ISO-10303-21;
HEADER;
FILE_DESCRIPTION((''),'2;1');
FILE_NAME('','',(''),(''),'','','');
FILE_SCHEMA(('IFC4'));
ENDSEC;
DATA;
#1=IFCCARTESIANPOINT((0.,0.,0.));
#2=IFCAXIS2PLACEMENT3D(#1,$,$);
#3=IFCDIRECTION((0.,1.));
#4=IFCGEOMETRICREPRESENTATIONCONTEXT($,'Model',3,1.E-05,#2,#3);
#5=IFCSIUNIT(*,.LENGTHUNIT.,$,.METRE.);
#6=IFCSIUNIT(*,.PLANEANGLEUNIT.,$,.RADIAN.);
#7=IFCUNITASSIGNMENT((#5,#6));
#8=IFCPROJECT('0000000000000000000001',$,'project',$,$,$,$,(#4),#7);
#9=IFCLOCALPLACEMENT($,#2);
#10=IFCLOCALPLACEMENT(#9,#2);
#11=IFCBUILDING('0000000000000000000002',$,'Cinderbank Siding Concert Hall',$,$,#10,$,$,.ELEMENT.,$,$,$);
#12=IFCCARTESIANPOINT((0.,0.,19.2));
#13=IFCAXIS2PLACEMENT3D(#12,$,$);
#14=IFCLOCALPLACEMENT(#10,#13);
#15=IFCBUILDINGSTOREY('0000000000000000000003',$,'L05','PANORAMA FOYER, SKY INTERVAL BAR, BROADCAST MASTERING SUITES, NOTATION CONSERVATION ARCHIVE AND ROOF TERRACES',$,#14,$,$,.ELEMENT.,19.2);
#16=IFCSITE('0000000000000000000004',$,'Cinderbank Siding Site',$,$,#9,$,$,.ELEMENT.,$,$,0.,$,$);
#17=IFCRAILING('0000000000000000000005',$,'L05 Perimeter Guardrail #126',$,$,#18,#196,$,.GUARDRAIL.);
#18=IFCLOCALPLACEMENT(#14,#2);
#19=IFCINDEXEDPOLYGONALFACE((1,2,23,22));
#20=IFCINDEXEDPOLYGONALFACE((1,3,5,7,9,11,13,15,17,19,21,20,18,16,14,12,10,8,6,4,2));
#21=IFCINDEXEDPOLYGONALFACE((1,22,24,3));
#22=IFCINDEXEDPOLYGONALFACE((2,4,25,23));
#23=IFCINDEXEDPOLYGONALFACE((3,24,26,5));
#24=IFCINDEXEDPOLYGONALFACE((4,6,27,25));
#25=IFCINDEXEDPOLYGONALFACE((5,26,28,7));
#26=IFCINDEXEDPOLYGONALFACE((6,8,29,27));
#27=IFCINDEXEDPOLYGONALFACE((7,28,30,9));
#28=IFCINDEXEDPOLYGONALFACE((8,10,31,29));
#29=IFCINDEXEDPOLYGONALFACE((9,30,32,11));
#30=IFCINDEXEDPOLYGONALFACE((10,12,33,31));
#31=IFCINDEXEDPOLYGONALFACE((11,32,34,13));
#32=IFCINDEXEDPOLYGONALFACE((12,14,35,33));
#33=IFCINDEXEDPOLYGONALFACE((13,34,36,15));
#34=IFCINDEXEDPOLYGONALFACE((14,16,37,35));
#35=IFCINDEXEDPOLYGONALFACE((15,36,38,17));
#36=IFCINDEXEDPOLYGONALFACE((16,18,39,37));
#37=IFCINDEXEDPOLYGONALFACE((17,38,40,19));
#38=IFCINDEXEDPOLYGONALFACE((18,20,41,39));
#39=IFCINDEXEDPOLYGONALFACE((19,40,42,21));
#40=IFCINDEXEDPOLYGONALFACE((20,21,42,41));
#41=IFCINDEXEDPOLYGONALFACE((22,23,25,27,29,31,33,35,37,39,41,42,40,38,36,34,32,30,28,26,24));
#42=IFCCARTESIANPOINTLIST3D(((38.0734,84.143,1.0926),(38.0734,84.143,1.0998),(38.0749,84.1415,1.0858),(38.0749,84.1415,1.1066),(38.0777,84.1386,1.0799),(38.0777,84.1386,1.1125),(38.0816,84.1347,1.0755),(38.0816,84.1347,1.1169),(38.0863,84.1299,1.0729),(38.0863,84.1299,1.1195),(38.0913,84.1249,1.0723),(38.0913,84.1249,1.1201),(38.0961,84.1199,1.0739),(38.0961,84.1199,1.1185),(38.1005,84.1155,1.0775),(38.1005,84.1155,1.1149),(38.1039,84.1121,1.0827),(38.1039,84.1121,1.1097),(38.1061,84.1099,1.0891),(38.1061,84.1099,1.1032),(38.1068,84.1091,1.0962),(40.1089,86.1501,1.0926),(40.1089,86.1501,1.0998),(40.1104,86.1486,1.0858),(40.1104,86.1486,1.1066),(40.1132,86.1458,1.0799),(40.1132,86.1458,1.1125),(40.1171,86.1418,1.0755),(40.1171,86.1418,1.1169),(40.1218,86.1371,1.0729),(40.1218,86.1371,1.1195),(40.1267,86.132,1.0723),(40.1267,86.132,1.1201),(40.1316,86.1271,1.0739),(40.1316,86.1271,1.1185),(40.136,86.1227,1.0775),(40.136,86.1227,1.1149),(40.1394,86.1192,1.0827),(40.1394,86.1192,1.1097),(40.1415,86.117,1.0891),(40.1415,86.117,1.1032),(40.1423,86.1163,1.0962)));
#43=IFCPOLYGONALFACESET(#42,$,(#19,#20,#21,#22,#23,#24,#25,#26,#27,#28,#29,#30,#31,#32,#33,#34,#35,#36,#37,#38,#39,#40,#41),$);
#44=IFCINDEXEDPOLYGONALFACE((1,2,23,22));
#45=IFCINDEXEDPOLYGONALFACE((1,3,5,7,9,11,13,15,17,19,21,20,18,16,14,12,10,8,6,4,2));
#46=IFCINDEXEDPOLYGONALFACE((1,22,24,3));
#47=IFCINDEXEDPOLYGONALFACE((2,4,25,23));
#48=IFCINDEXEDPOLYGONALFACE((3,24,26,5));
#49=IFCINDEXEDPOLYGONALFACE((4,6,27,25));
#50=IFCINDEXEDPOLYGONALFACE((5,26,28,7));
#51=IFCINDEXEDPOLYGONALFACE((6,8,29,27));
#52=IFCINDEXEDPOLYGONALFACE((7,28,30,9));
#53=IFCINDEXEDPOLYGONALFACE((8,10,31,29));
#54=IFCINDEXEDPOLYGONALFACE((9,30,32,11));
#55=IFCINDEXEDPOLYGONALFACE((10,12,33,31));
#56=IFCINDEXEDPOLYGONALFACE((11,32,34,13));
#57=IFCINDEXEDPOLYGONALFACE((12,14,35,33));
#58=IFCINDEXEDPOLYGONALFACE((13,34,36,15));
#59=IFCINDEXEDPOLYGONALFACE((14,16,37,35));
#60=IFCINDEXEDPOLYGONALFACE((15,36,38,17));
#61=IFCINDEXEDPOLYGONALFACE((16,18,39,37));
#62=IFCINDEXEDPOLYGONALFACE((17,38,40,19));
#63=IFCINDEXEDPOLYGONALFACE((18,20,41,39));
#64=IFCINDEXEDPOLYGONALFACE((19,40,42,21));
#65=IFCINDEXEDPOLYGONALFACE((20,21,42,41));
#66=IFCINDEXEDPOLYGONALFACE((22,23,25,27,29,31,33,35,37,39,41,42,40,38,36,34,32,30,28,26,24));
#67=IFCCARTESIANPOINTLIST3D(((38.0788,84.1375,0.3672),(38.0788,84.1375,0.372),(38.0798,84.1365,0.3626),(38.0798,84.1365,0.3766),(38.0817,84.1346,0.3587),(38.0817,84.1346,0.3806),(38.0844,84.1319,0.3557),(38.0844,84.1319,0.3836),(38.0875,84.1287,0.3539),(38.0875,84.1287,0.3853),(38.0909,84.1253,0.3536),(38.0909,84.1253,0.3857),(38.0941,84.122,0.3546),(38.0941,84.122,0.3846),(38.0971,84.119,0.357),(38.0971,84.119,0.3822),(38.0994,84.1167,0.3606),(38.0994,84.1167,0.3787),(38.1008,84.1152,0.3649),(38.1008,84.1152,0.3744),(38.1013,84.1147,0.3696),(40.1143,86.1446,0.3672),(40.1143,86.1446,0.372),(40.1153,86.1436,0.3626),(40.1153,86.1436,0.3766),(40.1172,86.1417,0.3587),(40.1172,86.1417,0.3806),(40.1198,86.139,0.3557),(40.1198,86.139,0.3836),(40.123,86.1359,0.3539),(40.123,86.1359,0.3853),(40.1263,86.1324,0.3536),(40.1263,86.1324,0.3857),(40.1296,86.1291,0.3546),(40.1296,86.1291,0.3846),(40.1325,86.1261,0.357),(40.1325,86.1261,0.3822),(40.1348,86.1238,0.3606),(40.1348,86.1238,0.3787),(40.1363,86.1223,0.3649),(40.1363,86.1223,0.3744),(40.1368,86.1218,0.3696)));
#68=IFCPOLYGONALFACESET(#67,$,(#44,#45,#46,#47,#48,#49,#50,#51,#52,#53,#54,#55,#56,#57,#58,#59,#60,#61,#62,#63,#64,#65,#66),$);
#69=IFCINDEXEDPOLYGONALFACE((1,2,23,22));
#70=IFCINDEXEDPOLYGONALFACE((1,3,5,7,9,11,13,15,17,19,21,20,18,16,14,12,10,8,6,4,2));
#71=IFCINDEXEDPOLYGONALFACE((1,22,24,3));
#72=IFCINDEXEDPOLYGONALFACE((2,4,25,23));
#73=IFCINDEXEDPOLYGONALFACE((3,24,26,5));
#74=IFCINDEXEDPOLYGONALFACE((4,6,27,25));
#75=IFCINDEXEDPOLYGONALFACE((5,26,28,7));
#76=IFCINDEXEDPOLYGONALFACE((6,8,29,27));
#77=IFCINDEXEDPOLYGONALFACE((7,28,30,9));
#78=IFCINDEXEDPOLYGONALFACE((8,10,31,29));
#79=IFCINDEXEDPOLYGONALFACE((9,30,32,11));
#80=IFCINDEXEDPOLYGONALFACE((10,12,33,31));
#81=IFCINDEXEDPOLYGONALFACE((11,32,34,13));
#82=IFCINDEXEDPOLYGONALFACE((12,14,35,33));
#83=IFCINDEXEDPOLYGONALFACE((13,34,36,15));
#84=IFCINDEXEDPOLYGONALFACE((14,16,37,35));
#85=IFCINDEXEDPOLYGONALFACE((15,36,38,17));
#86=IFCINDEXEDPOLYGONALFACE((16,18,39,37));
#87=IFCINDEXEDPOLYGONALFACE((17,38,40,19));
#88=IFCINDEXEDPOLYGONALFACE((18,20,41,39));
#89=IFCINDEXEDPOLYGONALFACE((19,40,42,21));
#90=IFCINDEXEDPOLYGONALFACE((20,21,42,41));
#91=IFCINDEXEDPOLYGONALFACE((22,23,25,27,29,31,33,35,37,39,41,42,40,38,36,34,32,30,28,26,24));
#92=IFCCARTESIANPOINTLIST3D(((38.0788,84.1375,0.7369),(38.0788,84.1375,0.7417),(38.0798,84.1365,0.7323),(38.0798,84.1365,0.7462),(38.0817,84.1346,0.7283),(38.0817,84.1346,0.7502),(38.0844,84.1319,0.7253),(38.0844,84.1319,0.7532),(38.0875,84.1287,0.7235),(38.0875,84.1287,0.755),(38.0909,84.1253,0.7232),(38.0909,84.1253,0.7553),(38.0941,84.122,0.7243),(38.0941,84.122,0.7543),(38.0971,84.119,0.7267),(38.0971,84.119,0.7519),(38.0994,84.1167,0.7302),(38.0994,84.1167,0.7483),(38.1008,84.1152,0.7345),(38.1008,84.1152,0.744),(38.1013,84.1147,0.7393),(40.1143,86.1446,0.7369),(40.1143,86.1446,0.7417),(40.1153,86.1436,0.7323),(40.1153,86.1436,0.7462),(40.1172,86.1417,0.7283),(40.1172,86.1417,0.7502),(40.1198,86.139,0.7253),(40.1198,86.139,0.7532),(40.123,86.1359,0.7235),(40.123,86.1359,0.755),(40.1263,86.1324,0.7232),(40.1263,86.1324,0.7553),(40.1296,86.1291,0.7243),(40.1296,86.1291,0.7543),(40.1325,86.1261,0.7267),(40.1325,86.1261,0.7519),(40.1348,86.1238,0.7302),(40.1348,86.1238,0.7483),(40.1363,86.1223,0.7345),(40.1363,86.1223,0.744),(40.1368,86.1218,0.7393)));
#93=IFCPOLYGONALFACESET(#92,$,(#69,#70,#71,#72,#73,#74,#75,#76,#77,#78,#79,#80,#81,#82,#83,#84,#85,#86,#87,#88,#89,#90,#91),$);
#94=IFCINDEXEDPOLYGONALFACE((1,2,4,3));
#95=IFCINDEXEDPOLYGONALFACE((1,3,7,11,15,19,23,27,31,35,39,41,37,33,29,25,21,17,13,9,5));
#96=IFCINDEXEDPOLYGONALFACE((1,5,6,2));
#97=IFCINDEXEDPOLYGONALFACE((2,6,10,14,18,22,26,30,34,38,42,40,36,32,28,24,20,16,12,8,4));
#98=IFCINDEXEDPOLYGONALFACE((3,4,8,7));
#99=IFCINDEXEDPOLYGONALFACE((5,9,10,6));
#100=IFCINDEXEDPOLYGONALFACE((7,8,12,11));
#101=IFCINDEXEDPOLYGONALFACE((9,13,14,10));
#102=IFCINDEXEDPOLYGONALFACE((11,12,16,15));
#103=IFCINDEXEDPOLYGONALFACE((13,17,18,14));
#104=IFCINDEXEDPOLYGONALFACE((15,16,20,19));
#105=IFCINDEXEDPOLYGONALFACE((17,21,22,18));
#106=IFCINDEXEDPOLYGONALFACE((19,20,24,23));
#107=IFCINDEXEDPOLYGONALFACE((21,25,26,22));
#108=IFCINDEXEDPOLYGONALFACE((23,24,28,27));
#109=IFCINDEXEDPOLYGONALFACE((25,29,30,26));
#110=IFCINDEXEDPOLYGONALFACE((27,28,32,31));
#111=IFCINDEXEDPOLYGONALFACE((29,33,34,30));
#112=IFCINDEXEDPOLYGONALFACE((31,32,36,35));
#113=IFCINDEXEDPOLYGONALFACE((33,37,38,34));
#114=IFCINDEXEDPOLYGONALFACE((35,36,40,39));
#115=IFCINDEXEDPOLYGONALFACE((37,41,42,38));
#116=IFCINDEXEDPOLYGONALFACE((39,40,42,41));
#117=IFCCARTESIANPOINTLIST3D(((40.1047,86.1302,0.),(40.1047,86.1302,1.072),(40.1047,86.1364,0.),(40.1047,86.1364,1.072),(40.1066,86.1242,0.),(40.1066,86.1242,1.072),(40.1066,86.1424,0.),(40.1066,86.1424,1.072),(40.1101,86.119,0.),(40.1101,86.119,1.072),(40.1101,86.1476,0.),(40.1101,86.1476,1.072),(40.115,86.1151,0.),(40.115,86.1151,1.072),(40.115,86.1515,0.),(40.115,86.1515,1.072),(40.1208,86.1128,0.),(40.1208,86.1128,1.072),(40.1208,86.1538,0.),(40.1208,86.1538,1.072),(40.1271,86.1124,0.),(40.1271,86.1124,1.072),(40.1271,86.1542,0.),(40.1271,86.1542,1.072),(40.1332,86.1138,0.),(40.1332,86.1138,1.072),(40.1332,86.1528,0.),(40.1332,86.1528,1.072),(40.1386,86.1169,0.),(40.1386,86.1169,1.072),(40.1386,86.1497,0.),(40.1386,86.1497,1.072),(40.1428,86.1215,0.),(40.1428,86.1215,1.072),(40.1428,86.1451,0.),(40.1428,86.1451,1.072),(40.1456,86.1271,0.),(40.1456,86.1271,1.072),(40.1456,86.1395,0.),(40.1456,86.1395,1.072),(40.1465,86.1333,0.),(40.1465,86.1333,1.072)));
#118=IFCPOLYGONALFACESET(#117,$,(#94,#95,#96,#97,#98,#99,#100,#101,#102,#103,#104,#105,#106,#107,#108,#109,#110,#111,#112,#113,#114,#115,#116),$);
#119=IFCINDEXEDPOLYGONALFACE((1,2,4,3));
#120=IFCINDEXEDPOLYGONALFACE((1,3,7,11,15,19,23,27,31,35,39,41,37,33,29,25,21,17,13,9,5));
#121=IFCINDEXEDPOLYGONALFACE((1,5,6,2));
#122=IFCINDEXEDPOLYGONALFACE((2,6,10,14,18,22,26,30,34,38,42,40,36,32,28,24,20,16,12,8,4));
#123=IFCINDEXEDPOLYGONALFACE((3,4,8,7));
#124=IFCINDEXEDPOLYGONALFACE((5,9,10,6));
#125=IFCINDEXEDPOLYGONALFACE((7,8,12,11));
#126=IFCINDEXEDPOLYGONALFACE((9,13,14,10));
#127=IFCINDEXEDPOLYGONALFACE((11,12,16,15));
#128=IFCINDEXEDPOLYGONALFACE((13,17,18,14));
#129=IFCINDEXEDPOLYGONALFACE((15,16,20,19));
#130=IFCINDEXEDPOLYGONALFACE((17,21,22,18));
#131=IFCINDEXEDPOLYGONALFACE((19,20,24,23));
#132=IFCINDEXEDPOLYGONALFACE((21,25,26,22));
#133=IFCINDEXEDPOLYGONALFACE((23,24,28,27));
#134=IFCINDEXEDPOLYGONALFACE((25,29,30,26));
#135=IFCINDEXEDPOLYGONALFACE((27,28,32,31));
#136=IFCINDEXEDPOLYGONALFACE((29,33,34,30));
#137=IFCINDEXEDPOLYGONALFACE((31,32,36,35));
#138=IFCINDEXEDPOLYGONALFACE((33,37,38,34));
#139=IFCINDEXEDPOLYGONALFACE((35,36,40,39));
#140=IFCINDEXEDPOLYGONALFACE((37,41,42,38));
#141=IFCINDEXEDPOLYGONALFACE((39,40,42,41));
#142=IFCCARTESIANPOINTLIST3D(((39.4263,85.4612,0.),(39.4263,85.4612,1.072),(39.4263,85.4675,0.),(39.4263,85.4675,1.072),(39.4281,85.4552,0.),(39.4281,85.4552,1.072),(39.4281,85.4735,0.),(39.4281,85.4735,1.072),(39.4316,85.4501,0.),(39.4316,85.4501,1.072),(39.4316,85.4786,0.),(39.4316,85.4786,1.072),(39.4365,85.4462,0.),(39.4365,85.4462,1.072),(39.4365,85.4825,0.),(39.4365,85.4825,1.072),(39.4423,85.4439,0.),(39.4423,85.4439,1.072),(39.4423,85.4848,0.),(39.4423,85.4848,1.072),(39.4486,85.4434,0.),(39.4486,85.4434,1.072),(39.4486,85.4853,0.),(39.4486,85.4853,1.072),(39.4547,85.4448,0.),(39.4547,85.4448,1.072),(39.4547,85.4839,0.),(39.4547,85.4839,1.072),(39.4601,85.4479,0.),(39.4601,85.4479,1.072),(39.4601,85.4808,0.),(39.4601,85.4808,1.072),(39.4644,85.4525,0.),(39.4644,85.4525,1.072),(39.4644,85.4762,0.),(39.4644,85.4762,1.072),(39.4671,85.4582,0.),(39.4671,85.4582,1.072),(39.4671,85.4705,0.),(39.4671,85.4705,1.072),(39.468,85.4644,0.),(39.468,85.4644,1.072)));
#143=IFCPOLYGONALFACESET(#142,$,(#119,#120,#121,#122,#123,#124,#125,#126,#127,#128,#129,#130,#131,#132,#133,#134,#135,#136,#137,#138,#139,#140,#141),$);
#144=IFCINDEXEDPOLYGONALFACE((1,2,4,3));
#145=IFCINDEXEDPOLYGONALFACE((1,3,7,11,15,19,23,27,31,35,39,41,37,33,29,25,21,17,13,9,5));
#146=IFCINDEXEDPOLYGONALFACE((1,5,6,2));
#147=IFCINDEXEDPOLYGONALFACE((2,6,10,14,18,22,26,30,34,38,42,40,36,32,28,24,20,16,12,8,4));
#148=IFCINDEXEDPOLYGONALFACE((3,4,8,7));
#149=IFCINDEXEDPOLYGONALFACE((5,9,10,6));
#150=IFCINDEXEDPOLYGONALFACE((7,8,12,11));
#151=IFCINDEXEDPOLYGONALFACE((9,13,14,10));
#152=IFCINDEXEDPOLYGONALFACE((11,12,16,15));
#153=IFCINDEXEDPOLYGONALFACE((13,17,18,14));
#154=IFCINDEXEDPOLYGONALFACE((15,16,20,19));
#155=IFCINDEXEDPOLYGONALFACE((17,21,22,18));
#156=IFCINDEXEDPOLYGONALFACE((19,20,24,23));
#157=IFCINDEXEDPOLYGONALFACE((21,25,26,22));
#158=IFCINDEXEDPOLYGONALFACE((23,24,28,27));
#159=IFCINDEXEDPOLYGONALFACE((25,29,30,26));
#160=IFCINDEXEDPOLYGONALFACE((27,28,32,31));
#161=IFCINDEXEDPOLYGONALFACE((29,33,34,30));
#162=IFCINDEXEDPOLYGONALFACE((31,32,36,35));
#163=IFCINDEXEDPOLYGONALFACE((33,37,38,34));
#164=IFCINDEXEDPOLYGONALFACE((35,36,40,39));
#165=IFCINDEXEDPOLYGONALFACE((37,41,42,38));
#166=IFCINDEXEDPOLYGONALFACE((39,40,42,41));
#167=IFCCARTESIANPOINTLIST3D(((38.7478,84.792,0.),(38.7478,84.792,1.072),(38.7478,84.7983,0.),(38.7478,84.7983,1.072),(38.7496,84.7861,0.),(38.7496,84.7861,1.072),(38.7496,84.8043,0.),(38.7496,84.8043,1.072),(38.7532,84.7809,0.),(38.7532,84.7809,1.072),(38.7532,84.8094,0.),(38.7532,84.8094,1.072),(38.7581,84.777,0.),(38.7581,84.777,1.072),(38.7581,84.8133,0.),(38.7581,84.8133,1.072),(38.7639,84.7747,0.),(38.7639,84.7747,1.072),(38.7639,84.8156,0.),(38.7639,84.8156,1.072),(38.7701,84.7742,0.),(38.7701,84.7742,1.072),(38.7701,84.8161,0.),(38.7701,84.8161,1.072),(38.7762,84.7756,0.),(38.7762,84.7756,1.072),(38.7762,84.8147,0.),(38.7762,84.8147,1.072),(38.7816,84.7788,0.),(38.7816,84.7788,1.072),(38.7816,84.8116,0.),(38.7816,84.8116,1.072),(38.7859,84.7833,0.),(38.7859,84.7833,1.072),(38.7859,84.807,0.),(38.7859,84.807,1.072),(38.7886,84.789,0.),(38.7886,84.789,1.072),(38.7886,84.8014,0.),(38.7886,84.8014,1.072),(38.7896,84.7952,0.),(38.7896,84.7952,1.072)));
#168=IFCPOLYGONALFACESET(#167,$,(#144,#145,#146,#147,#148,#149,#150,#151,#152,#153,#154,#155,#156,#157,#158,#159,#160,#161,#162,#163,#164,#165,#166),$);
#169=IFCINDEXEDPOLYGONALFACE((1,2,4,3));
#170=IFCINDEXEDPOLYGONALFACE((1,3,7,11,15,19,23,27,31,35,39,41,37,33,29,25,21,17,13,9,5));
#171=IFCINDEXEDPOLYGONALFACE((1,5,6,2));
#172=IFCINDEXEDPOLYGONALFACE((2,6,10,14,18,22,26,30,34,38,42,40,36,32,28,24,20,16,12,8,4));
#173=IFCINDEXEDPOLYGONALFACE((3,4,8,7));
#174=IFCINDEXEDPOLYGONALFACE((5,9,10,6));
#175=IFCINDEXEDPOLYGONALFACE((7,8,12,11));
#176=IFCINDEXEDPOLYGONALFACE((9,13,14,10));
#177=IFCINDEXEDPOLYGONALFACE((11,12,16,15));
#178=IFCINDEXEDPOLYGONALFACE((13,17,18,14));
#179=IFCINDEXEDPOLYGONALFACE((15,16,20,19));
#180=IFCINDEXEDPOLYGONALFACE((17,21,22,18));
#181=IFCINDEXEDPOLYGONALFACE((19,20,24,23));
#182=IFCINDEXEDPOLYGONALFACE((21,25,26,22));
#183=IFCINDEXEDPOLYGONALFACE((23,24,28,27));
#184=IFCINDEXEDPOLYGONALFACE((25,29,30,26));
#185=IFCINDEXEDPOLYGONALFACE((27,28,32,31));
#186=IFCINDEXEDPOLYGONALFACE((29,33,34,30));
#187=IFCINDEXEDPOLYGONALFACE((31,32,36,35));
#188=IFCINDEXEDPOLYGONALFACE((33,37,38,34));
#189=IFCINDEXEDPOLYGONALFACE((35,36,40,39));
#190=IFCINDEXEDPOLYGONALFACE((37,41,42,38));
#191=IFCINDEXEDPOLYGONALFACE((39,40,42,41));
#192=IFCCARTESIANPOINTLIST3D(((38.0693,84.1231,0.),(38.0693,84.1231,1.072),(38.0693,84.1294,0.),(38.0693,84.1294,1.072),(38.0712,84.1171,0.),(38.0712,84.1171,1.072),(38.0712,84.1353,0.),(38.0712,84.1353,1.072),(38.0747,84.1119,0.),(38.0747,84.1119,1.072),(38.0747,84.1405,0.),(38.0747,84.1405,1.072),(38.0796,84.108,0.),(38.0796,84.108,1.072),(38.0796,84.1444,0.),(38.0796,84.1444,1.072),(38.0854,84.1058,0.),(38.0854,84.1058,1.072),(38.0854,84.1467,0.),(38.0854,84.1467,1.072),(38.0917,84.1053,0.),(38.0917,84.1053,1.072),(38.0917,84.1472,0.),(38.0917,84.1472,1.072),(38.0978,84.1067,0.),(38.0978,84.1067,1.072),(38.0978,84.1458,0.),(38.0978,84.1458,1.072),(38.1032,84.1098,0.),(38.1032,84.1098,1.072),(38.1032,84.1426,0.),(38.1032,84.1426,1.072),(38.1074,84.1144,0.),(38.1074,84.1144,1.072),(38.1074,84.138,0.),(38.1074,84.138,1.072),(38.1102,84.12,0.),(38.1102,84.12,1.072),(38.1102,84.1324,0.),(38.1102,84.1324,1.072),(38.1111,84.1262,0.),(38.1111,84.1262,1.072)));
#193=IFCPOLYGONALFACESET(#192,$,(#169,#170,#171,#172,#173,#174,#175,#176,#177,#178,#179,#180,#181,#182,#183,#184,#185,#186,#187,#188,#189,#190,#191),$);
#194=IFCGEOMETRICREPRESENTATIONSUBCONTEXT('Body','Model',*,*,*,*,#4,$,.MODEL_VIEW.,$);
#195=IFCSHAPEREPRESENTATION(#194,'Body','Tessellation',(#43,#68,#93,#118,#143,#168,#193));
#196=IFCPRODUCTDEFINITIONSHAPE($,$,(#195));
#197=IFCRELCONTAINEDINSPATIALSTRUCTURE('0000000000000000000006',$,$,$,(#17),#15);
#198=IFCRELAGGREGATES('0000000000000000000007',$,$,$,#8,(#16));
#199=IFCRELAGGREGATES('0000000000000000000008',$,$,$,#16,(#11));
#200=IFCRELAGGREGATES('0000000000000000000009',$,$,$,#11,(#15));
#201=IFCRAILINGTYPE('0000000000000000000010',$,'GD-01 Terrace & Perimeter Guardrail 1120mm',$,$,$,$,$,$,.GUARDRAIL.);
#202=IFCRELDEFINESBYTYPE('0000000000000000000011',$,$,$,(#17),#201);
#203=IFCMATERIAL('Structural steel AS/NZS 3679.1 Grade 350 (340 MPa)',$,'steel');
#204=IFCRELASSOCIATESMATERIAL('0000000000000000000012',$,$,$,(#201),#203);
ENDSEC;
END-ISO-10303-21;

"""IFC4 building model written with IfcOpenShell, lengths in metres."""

from ifc_helpers import new_model, si_unit, direction, frame, origin, origin_2d, place, context, subcontext, project, spatial, circle, extrude, material, type_object, element, save


model = new_model("IFC4")

# Units and contexts
model_context = context("Model", 3, precision=1e-05, world=origin(), true_north=direction((0.0, 1.0)))
body_context = subcontext(model_context, "Body", "Model", "MODEL_VIEW")
ifc_project = project(units=[si_unit("LENGTHUNIT", "METRE"), si_unit("PLANEANGLEUNIT", "RADIAN")], contexts=[model_context])

# Site, building, storey
site_placement = place(None, origin())
site = spatial("IfcSite", under=ifc_project, at=site_placement, Name="Cinderbank Siding Site", CompositionType="ELEMENT", RefElevation=0.0)
building_placement = place(site_placement, origin())
building = spatial("IfcBuilding", under=site, at=building_placement, Name="Cinderbank Siding Concert Hall", CompositionType="ELEMENT")
storey_placement = place(building_placement, frame((0.0, 0.0, 19.2)))
storey = spatial("IfcBuildingStorey", under=building, at=storey_placement, Name="L05", Description="PANORAMA FOYER, SKY INTERVAL BAR, BROADCAST MASTERING SUITES, NOTATION CONSERVATION ARCHIVE AND ROOF TERRACES", CompositionType="ELEMENT", Elevation=19.2)

# Railing
ifc_material_1 = material(Name="Structural steel AS/NZS 3679.1 Grade 350 (340 MPa)", Category="steel")
railing_type = type_object("IfcRailingType", Name="GD-01 Terrace & Perimeter Guardrail 1120mm", PredefinedType="GUARDRAIL", material=ifc_material_1)
railing_1_placement = place(storey_placement, frame((40.1255, 86.1333, 0.0)))
element("IfcRailing", 1, at=railing_1_placement, inside=storey, type_object=railing_type, Name="L05 Perimeter Guardrail #126", PredefinedType="GUARDRAIL", context=body_context, shape_type="SweptSolid", body=[
    extrude(circle(Radius=0.0239, at=origin_2d()), frame((0.0, 0.0, 1.0962), z_axis=(-0.712043, -0.702136, 0.0), x_axis=(0.702136, -0.712043, 0.0)), (0.0, 0.0, 1.0), 2.8586),
    extrude(circle(Radius=0.0161, at=origin_2d()), frame((0.0, 0.0, 0.3696), z_axis=(-0.712043, -0.702136, 0.0), x_axis=(0.702136, -0.712043, 0.0)), (0.0, 0.0, 1.0), 2.8586),
    extrude(circle(Radius=0.0161, at=origin_2d()), frame((0.0, 0.0, 0.7393), z_axis=(-0.712043, -0.702136, 0.0), x_axis=(0.702136, -0.712043, 0.0)), (0.0, 0.0, 1.0), 2.8586),
    extrude(circle(Radius=0.021, at=origin_2d()), origin(), (0.0, 0.0, 1.0), 1.072),
    extrude(circle(Radius=0.021, at=origin_2d()), frame((-0.6785, -0.6689, 0.0)), (0.0, 0.0, 1.0), 1.072),
    extrude(circle(Radius=0.021, at=origin_2d()), frame((-1.3569, -1.3381, 0.0)), (0.0, 0.0, 1.0), 1.072),
    extrude(circle(Radius=0.021, at=origin_2d()), frame((-2.0354, -2.0071, 0.0)), (0.0, 0.0, 1.0), 1.072),
])

save(model, "model.ifc")
